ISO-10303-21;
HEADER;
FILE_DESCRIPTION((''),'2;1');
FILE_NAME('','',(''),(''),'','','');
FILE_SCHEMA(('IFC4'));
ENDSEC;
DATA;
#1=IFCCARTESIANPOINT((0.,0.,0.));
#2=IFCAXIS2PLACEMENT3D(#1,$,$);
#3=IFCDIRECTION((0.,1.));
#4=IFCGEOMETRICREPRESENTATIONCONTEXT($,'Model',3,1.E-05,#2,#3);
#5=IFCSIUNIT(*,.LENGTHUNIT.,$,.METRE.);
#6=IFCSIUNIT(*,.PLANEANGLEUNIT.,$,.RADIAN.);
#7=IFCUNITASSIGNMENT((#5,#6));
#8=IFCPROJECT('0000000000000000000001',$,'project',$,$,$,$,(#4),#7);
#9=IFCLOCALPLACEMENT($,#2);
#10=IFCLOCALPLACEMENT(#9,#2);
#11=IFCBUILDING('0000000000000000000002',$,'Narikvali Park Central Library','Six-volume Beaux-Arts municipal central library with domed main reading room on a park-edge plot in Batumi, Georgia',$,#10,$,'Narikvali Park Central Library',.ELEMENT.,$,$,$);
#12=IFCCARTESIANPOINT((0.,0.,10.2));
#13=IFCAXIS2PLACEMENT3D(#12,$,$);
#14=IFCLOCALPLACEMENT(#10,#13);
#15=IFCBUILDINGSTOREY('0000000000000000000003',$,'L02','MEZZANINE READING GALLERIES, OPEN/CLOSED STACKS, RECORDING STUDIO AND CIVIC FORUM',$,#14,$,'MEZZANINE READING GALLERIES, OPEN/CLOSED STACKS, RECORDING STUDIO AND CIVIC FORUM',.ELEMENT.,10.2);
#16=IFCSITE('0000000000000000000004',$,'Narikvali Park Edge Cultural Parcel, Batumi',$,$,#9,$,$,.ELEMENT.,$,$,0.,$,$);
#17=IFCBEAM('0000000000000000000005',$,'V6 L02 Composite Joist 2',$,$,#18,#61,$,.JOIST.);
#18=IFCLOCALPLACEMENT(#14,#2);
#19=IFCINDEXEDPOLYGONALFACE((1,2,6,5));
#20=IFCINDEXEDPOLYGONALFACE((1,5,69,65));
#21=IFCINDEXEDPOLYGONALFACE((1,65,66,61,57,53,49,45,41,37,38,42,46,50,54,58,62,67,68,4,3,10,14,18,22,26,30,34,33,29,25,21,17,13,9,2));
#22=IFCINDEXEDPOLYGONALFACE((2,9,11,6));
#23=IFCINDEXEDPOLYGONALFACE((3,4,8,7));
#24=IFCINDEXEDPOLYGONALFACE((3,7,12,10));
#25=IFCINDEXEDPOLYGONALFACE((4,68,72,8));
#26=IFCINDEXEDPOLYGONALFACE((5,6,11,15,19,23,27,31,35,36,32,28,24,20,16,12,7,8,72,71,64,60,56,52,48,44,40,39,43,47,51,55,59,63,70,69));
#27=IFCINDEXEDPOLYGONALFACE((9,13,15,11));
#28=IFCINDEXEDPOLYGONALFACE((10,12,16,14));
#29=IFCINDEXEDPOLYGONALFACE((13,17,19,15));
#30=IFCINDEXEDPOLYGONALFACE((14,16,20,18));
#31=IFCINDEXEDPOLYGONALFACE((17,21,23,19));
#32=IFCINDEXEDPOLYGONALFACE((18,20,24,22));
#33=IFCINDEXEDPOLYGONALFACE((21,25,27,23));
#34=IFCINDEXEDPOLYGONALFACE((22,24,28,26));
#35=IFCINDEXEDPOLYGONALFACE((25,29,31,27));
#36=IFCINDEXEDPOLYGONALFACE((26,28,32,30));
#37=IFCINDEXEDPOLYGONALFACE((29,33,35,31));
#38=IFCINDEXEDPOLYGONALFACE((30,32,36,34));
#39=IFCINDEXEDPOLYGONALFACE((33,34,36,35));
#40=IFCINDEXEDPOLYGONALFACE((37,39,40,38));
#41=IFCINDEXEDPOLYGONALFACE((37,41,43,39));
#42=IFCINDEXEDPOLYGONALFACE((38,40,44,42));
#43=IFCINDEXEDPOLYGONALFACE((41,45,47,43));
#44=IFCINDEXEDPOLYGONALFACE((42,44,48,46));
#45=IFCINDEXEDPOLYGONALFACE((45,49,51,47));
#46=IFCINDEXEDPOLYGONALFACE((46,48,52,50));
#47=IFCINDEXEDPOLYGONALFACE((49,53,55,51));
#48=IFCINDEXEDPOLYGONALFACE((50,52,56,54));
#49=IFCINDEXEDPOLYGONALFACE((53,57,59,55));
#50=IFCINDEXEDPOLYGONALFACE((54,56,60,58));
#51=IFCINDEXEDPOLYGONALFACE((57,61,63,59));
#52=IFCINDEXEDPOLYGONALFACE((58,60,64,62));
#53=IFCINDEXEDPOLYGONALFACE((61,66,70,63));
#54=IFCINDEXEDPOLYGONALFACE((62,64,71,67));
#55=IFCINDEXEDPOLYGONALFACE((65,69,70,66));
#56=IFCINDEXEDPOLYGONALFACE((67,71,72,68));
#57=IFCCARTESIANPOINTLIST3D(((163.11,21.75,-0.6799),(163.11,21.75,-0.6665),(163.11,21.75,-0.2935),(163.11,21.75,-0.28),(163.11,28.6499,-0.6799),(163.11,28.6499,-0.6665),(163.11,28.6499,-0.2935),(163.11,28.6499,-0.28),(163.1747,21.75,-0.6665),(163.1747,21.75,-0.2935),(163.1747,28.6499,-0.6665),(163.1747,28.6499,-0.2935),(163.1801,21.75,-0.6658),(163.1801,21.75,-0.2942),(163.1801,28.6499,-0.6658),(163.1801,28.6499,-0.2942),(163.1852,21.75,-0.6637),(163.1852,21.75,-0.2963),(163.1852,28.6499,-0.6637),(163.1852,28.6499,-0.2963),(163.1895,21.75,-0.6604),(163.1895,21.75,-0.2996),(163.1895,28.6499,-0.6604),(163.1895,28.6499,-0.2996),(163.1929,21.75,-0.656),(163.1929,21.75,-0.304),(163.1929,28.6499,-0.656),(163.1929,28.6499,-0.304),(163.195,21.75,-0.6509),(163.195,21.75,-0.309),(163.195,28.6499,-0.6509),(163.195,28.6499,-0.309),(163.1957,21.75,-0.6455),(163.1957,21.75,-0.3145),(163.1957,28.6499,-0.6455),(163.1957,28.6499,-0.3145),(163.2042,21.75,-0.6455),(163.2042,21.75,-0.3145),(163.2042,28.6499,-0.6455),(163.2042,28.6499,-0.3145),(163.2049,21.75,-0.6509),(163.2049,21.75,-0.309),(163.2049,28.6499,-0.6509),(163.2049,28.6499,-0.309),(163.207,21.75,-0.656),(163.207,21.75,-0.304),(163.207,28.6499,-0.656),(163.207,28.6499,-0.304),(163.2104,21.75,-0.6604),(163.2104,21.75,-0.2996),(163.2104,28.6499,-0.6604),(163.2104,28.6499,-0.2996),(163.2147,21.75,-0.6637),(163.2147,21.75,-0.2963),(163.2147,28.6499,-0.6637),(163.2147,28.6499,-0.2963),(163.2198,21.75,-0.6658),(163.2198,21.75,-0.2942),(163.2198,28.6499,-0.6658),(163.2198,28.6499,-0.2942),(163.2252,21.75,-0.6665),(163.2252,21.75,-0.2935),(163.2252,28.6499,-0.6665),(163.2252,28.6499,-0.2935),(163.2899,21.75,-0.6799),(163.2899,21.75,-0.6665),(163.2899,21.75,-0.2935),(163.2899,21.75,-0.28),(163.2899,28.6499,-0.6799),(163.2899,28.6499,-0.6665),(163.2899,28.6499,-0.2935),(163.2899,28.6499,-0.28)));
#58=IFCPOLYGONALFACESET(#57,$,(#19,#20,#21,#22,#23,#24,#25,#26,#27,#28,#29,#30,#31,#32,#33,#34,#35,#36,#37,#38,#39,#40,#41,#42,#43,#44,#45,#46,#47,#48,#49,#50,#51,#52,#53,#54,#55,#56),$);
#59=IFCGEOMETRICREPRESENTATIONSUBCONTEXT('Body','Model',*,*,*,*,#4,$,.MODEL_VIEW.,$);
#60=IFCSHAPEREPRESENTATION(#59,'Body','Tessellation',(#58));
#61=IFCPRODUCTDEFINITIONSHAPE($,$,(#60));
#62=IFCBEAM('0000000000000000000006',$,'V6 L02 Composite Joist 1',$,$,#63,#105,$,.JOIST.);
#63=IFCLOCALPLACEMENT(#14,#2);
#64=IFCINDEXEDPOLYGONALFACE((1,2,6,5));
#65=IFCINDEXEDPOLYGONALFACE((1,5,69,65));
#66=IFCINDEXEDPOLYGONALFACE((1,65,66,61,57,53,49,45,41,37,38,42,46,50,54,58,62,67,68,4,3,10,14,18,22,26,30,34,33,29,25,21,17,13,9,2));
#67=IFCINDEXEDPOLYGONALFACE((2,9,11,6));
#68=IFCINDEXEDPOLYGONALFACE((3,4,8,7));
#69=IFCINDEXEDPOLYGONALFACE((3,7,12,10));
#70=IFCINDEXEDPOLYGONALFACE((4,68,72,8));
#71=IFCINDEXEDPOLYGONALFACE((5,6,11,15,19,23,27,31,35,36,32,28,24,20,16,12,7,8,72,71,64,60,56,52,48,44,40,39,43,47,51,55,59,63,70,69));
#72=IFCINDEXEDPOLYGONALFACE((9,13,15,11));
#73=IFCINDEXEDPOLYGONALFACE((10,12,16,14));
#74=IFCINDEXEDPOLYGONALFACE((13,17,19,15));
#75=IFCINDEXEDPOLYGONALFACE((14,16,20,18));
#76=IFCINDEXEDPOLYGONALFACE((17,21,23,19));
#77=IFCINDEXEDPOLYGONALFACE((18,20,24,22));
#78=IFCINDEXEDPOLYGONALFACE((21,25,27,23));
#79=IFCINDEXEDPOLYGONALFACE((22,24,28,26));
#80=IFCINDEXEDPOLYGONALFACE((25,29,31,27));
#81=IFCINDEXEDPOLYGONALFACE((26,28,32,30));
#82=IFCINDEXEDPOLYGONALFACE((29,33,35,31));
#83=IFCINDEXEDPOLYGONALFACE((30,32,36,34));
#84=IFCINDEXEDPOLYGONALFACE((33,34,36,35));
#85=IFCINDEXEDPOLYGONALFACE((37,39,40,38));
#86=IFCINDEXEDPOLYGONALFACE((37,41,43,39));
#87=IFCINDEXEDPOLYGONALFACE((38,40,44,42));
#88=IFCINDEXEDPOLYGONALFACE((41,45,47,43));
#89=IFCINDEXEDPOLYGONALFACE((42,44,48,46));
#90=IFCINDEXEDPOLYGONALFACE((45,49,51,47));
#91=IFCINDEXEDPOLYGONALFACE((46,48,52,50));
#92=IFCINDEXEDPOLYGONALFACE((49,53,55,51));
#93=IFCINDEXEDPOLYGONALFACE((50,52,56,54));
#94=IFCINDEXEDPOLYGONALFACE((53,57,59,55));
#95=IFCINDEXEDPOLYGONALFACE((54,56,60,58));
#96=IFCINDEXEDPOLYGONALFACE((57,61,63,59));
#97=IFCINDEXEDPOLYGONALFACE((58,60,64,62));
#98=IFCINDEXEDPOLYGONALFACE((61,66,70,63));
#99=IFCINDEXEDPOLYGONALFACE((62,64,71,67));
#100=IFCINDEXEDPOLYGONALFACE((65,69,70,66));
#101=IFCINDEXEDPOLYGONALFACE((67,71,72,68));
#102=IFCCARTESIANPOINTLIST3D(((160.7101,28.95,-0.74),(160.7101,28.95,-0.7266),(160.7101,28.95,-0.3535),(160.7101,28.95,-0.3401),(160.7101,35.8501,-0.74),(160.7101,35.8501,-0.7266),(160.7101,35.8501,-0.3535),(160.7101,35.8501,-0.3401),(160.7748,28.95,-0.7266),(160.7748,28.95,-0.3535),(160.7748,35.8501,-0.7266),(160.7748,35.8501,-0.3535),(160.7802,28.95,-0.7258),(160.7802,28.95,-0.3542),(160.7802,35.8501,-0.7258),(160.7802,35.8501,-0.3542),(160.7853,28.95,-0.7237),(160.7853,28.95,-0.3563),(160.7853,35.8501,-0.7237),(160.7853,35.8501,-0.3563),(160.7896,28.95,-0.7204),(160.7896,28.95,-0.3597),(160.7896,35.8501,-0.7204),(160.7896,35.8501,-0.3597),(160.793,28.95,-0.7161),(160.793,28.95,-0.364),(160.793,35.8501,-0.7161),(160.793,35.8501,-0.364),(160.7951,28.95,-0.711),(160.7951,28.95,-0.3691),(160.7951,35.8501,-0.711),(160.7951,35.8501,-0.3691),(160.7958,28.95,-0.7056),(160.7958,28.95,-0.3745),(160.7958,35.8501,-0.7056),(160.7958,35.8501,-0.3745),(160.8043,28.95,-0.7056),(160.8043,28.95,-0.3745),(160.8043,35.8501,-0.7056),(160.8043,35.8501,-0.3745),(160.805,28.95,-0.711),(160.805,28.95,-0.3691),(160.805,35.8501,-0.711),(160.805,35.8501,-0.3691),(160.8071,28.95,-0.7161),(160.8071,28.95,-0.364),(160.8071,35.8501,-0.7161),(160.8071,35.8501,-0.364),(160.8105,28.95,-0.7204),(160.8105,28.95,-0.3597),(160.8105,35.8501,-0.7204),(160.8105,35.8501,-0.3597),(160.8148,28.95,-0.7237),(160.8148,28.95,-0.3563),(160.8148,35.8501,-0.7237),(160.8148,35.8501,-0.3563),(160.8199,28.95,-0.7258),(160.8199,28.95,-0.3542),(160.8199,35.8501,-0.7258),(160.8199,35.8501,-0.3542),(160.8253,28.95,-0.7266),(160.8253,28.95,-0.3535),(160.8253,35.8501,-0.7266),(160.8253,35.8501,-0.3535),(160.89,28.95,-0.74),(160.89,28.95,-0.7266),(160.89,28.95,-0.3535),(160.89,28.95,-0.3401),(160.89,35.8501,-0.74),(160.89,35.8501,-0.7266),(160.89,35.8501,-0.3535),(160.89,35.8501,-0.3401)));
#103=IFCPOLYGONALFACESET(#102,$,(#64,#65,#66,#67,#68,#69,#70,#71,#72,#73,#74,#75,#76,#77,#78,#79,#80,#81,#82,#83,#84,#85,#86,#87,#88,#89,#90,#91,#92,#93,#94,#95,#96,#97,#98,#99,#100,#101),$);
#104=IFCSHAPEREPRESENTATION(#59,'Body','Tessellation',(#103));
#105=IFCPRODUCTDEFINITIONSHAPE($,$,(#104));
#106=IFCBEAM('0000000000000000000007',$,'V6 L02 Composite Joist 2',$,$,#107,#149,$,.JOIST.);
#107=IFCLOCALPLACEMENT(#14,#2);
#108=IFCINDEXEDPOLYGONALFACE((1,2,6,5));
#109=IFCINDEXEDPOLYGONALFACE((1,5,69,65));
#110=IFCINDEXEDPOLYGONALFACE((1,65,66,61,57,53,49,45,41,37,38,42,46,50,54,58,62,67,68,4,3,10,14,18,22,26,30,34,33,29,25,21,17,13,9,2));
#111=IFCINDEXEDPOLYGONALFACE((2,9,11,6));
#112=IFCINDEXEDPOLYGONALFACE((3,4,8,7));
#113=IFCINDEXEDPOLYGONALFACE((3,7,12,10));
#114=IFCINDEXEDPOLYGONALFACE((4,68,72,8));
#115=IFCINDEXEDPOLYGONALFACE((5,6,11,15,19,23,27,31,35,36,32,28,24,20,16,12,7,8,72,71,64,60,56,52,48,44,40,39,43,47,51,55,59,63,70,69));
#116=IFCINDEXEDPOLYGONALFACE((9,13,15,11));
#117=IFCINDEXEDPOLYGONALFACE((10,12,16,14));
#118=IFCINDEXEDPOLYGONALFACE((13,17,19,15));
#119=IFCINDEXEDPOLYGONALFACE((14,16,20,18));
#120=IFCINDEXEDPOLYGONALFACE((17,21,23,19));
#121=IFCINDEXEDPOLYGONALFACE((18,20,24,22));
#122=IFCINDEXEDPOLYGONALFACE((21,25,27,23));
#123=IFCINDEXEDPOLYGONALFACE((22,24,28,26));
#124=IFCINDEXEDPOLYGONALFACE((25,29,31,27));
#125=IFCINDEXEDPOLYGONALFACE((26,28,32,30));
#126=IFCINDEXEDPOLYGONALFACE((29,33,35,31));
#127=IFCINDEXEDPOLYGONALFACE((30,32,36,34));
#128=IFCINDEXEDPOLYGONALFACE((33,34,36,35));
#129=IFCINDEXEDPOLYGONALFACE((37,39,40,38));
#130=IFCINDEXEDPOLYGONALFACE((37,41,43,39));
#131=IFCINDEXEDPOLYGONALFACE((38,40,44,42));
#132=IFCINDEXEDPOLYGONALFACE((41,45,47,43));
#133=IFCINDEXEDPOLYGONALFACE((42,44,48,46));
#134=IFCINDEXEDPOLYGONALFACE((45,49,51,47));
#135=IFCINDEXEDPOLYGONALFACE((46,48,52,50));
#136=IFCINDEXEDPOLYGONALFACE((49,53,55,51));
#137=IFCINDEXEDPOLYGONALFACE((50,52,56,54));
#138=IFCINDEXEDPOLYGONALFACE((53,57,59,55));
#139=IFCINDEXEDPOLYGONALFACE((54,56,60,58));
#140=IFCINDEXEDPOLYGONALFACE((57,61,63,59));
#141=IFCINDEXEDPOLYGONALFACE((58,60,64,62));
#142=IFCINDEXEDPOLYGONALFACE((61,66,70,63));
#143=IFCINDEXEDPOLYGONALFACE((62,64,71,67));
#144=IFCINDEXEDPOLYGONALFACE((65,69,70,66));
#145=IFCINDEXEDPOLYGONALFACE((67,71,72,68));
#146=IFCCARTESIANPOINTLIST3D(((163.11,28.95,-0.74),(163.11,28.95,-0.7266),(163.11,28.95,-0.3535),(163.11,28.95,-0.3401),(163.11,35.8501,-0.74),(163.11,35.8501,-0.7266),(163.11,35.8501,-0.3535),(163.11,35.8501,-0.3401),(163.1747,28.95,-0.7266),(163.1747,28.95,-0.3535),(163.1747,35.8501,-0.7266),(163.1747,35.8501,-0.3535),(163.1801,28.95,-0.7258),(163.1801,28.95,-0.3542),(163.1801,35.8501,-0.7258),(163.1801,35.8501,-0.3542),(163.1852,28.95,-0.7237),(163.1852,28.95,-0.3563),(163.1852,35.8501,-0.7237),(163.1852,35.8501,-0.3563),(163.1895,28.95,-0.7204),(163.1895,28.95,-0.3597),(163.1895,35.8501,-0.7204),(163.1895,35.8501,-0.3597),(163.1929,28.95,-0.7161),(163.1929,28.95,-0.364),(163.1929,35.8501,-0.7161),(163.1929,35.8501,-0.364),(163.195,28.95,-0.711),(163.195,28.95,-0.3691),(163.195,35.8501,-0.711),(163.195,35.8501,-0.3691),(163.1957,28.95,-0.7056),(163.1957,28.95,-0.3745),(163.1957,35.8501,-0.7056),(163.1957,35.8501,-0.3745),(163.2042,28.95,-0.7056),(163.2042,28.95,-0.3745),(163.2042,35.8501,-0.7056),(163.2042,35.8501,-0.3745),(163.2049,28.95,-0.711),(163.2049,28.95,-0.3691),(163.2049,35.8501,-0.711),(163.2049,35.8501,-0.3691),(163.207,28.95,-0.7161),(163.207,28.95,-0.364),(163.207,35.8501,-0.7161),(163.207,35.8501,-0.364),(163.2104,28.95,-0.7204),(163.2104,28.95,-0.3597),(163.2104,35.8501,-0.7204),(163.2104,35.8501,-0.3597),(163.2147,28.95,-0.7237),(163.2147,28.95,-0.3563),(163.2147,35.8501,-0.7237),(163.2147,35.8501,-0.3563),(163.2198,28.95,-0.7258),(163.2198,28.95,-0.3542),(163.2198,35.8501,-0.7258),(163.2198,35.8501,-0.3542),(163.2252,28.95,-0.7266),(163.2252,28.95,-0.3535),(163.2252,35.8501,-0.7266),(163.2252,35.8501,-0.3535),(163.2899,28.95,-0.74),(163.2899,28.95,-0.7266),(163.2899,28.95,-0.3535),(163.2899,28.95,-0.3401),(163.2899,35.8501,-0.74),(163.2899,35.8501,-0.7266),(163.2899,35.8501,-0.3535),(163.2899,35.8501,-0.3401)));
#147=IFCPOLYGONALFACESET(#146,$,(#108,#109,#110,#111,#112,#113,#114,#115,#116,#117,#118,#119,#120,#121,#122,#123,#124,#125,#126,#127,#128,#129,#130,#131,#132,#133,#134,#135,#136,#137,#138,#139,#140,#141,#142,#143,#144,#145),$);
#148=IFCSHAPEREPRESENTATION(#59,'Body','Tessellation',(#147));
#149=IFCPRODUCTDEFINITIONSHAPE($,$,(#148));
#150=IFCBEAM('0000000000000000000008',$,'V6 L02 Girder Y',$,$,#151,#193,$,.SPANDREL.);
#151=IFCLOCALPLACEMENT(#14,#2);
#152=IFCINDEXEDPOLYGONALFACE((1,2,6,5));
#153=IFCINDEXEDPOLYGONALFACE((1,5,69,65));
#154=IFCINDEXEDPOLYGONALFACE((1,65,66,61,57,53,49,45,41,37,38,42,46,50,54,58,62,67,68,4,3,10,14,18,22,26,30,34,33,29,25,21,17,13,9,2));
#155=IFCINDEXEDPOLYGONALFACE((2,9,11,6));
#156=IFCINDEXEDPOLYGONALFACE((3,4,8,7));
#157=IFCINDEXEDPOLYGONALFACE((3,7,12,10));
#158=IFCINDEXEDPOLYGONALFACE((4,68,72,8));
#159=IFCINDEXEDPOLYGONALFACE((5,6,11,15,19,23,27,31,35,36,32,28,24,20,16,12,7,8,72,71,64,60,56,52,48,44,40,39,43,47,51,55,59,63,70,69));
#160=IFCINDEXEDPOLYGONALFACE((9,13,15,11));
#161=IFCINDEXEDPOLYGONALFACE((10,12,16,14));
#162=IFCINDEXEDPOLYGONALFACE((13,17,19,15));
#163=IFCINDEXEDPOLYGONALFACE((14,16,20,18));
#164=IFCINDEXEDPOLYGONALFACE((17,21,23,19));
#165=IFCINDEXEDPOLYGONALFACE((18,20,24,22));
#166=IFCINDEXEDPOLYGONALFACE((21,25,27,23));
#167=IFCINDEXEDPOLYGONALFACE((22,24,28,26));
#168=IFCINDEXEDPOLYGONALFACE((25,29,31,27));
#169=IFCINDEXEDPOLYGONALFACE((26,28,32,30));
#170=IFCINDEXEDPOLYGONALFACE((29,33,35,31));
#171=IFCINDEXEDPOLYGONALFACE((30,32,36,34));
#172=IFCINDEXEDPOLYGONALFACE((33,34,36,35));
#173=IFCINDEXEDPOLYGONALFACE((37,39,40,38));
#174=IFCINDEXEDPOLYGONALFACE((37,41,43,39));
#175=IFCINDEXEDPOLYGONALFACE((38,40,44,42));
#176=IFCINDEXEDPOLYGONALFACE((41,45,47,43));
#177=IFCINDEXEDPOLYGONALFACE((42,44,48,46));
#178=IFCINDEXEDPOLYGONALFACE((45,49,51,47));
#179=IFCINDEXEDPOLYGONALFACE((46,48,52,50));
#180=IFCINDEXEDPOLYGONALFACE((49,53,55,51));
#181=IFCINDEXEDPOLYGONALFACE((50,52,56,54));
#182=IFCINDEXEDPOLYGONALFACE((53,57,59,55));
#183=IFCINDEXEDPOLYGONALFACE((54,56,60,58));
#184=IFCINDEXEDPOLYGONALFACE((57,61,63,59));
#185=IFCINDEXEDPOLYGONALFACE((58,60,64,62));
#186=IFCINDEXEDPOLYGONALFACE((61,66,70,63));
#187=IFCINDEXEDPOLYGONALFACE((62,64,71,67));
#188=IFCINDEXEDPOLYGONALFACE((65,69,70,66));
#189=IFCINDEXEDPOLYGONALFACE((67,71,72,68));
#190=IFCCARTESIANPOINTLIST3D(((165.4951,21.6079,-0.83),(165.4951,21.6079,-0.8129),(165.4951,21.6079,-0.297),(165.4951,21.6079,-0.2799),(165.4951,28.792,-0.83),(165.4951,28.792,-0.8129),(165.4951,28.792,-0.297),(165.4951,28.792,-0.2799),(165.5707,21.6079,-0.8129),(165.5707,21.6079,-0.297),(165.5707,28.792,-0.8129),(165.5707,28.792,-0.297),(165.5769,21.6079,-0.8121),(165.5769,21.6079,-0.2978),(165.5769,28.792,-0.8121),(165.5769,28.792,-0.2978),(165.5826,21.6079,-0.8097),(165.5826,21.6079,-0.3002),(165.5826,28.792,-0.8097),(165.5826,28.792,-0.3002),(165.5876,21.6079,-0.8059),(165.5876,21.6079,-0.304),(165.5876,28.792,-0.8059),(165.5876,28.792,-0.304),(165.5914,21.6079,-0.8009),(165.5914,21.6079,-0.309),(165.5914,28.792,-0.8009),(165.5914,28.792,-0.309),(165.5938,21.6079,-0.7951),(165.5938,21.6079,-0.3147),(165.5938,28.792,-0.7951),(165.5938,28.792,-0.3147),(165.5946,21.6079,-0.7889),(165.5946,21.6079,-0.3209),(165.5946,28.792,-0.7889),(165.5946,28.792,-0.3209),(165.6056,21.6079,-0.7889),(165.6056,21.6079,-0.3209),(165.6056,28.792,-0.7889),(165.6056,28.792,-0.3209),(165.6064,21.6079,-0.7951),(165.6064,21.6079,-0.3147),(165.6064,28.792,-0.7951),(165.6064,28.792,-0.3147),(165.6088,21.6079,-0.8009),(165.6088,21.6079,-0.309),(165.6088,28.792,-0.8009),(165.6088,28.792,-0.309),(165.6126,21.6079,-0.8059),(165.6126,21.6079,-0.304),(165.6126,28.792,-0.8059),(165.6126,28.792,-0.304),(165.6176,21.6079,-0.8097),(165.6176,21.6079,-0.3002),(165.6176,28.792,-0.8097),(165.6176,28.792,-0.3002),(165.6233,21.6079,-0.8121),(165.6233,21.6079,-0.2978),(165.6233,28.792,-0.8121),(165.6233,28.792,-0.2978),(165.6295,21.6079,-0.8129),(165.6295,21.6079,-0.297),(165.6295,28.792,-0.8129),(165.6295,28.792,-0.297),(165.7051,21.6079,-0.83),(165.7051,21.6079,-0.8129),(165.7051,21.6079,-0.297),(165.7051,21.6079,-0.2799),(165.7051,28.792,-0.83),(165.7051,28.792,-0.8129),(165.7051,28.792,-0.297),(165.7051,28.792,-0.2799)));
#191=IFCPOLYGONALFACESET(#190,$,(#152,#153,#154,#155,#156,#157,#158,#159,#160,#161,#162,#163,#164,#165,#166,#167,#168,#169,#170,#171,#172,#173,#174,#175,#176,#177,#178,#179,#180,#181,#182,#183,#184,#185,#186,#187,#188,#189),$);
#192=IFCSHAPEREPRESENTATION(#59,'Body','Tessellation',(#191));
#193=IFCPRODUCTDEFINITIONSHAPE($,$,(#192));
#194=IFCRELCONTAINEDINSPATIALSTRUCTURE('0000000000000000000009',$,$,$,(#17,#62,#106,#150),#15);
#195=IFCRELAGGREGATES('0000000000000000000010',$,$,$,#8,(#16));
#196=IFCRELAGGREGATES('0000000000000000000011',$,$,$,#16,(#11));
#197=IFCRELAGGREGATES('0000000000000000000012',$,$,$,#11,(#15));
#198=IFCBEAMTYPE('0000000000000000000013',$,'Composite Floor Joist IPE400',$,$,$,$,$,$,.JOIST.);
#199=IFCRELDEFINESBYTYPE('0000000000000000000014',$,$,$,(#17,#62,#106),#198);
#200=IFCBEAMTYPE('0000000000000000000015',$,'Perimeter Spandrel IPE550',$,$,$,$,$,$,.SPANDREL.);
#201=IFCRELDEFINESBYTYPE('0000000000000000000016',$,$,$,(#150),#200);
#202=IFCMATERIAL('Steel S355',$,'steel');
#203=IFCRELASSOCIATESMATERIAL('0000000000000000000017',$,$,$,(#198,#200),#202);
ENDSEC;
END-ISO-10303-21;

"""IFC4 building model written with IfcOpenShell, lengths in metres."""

from ifc_helpers import new_model, si_unit, direction, frame, origin, origin_2d, place, context, subcontext, project, spatial, i_section, extrude, material, material_profile, profile_set, type_object, element, save


model = new_model("IFC4")

# Units and contexts
model_context = context("Model", 3, precision=1e-05, world=origin(), true_north=direction((0.0, 1.0)))
body_context = subcontext(model_context, "Body", "Model", "MODEL_VIEW")
ifc_project = project(units=[si_unit("LENGTHUNIT", "METRE"), si_unit("PLANEANGLEUNIT", "RADIAN")], contexts=[model_context])

# Site, building, storey
site_placement = place(None, origin())
site = spatial("IfcSite", under=ifc_project, at=site_placement, Name="Narikvali Park Edge Cultural Parcel, Batumi", CompositionType="ELEMENT", RefElevation=0.0)
building_placement = place(site_placement, origin())
building = spatial("IfcBuilding", under=site, at=building_placement, Name="Narikvali Park Central Library", Description="Six-volume Beaux-Arts municipal central library with domed main reading room on a park-edge plot in Batumi, Georgia", LongName="Narikvali Park Central Library", CompositionType="ELEMENT")
storey_placement = place(building_placement, frame((0.0, 0.0, 10.2)))
storey = spatial("IfcBuildingStorey", under=building, at=storey_placement, Name="L02", Description="MEZZANINE READING GALLERIES, OPEN/CLOSED STACKS, RECORDING STUDIO AND CIVIC FORUM", LongName="MEZZANINE READING GALLERIES, OPEN/CLOSED STACKS, RECORDING STUDIO AND CIVIC FORUM", CompositionType="ELEMENT", Elevation=10.2)

# Shared definitions
ifc_material_1 = material(Name="Steel S355", Category="steel")

# Beams
ifc_material_profile_1 = material_profile(ifc_material_1, i_section(OverallWidth=0.1799, OverallDepth=0.3999, WebThickness=0.0085, FlangeThickness=0.0134, FilletRadius=0.021, at=origin_2d()), Name="IPE 400")
ifc_profile_set_1 = profile_set([ifc_material_profile_1], Name="Steel S355")
beam_type_1 = type_object("IfcBeamType", Name="Composite Floor Joist IPE400", PredefinedType="JOIST", material=ifc_profile_set_1)
for number, where, z_axis, x_axis, name in (
    (1, (163.2, 21.75, -0.48), (0.0, 1.0, 0.0), (-1.0, 0.0, 0.0), "V6 L02 Composite Joist 2"),
):
    element("IfcBeam", number, at=place(storey_placement, frame(where, z_axis=z_axis, x_axis=x_axis)), inside=storey, type_object=beam_type_1, Name=name, PredefinedType="JOIST", context=body_context, shape_type="SweptSolid", body=[
        extrude(i_section(OverallWidth=0.1799, OverallDepth=0.3999, WebThickness=0.0085, FlangeThickness=0.0134, FilletRadius=0.021, at=origin_2d()), origin(), (0.0, 0.0, 1.0), 6.8999),
    ])
for number, where, z_axis, x_axis, name in (
    (2, (160.8, 28.95, -0.54), (0.0, 1.0, 0.0), (-1.0, 0.0, 0.0), "V6 L02 Composite Joist 1"),
    (3, (163.2, 28.95, -0.54), (0.0, 1.0, 0.0), (-1.0, 0.0, 0.0), "V6 L02 Composite Joist 2"),
):
    element("IfcBeam", number, at=place(storey_placement, frame(where, z_axis=z_axis, x_axis=x_axis)), inside=storey, type_object=beam_type_1, Name=name, PredefinedType="JOIST", context=body_context, shape_type="SweptSolid", body=[
        extrude(i_section(OverallWidth=0.1799, OverallDepth=0.3999, WebThickness=0.0085, FlangeThickness=0.0134, FilletRadius=0.021, at=origin_2d()), origin(), (0.0, 0.0, 1.0), 6.9001),
    ])
ifc_material_profile_2 = material_profile(ifc_material_1, i_section(OverallWidth=0.21, OverallDepth=0.55, WebThickness=0.011, FlangeThickness=0.0171, FilletRadius=0.0239, at=origin_2d()), Name="IPE 550")
ifc_profile_set_2 = profile_set([ifc_material_profile_2], Name="Steel S355")
beam_type_2 = type_object("IfcBeamType", Name="Perimeter Spandrel IPE550", PredefinedType="SPANDREL", material=ifc_profile_set_2)
beam_1_placement = place(storey_placement, frame((165.6001, 21.6079, -0.5549), z_axis=(0.0, 1.0, 0.0), x_axis=(-1.0, 0.0, 0.0)))
element("IfcBeam", 4, at=beam_1_placement, inside=storey, type_object=beam_type_2, Name="V6 L02 Girder Y", PredefinedType="SPANDREL", context=body_context, shape_type="SweptSolid", body=[
    extrude(i_section(OverallWidth=0.21, OverallDepth=0.55, WebThickness=0.011, FlangeThickness=0.0171, FilletRadius=0.0239, at=origin_2d()), origin(), (0.0, 0.0, 1.0), 7.1841),
])

save(model, "model.ifc")
